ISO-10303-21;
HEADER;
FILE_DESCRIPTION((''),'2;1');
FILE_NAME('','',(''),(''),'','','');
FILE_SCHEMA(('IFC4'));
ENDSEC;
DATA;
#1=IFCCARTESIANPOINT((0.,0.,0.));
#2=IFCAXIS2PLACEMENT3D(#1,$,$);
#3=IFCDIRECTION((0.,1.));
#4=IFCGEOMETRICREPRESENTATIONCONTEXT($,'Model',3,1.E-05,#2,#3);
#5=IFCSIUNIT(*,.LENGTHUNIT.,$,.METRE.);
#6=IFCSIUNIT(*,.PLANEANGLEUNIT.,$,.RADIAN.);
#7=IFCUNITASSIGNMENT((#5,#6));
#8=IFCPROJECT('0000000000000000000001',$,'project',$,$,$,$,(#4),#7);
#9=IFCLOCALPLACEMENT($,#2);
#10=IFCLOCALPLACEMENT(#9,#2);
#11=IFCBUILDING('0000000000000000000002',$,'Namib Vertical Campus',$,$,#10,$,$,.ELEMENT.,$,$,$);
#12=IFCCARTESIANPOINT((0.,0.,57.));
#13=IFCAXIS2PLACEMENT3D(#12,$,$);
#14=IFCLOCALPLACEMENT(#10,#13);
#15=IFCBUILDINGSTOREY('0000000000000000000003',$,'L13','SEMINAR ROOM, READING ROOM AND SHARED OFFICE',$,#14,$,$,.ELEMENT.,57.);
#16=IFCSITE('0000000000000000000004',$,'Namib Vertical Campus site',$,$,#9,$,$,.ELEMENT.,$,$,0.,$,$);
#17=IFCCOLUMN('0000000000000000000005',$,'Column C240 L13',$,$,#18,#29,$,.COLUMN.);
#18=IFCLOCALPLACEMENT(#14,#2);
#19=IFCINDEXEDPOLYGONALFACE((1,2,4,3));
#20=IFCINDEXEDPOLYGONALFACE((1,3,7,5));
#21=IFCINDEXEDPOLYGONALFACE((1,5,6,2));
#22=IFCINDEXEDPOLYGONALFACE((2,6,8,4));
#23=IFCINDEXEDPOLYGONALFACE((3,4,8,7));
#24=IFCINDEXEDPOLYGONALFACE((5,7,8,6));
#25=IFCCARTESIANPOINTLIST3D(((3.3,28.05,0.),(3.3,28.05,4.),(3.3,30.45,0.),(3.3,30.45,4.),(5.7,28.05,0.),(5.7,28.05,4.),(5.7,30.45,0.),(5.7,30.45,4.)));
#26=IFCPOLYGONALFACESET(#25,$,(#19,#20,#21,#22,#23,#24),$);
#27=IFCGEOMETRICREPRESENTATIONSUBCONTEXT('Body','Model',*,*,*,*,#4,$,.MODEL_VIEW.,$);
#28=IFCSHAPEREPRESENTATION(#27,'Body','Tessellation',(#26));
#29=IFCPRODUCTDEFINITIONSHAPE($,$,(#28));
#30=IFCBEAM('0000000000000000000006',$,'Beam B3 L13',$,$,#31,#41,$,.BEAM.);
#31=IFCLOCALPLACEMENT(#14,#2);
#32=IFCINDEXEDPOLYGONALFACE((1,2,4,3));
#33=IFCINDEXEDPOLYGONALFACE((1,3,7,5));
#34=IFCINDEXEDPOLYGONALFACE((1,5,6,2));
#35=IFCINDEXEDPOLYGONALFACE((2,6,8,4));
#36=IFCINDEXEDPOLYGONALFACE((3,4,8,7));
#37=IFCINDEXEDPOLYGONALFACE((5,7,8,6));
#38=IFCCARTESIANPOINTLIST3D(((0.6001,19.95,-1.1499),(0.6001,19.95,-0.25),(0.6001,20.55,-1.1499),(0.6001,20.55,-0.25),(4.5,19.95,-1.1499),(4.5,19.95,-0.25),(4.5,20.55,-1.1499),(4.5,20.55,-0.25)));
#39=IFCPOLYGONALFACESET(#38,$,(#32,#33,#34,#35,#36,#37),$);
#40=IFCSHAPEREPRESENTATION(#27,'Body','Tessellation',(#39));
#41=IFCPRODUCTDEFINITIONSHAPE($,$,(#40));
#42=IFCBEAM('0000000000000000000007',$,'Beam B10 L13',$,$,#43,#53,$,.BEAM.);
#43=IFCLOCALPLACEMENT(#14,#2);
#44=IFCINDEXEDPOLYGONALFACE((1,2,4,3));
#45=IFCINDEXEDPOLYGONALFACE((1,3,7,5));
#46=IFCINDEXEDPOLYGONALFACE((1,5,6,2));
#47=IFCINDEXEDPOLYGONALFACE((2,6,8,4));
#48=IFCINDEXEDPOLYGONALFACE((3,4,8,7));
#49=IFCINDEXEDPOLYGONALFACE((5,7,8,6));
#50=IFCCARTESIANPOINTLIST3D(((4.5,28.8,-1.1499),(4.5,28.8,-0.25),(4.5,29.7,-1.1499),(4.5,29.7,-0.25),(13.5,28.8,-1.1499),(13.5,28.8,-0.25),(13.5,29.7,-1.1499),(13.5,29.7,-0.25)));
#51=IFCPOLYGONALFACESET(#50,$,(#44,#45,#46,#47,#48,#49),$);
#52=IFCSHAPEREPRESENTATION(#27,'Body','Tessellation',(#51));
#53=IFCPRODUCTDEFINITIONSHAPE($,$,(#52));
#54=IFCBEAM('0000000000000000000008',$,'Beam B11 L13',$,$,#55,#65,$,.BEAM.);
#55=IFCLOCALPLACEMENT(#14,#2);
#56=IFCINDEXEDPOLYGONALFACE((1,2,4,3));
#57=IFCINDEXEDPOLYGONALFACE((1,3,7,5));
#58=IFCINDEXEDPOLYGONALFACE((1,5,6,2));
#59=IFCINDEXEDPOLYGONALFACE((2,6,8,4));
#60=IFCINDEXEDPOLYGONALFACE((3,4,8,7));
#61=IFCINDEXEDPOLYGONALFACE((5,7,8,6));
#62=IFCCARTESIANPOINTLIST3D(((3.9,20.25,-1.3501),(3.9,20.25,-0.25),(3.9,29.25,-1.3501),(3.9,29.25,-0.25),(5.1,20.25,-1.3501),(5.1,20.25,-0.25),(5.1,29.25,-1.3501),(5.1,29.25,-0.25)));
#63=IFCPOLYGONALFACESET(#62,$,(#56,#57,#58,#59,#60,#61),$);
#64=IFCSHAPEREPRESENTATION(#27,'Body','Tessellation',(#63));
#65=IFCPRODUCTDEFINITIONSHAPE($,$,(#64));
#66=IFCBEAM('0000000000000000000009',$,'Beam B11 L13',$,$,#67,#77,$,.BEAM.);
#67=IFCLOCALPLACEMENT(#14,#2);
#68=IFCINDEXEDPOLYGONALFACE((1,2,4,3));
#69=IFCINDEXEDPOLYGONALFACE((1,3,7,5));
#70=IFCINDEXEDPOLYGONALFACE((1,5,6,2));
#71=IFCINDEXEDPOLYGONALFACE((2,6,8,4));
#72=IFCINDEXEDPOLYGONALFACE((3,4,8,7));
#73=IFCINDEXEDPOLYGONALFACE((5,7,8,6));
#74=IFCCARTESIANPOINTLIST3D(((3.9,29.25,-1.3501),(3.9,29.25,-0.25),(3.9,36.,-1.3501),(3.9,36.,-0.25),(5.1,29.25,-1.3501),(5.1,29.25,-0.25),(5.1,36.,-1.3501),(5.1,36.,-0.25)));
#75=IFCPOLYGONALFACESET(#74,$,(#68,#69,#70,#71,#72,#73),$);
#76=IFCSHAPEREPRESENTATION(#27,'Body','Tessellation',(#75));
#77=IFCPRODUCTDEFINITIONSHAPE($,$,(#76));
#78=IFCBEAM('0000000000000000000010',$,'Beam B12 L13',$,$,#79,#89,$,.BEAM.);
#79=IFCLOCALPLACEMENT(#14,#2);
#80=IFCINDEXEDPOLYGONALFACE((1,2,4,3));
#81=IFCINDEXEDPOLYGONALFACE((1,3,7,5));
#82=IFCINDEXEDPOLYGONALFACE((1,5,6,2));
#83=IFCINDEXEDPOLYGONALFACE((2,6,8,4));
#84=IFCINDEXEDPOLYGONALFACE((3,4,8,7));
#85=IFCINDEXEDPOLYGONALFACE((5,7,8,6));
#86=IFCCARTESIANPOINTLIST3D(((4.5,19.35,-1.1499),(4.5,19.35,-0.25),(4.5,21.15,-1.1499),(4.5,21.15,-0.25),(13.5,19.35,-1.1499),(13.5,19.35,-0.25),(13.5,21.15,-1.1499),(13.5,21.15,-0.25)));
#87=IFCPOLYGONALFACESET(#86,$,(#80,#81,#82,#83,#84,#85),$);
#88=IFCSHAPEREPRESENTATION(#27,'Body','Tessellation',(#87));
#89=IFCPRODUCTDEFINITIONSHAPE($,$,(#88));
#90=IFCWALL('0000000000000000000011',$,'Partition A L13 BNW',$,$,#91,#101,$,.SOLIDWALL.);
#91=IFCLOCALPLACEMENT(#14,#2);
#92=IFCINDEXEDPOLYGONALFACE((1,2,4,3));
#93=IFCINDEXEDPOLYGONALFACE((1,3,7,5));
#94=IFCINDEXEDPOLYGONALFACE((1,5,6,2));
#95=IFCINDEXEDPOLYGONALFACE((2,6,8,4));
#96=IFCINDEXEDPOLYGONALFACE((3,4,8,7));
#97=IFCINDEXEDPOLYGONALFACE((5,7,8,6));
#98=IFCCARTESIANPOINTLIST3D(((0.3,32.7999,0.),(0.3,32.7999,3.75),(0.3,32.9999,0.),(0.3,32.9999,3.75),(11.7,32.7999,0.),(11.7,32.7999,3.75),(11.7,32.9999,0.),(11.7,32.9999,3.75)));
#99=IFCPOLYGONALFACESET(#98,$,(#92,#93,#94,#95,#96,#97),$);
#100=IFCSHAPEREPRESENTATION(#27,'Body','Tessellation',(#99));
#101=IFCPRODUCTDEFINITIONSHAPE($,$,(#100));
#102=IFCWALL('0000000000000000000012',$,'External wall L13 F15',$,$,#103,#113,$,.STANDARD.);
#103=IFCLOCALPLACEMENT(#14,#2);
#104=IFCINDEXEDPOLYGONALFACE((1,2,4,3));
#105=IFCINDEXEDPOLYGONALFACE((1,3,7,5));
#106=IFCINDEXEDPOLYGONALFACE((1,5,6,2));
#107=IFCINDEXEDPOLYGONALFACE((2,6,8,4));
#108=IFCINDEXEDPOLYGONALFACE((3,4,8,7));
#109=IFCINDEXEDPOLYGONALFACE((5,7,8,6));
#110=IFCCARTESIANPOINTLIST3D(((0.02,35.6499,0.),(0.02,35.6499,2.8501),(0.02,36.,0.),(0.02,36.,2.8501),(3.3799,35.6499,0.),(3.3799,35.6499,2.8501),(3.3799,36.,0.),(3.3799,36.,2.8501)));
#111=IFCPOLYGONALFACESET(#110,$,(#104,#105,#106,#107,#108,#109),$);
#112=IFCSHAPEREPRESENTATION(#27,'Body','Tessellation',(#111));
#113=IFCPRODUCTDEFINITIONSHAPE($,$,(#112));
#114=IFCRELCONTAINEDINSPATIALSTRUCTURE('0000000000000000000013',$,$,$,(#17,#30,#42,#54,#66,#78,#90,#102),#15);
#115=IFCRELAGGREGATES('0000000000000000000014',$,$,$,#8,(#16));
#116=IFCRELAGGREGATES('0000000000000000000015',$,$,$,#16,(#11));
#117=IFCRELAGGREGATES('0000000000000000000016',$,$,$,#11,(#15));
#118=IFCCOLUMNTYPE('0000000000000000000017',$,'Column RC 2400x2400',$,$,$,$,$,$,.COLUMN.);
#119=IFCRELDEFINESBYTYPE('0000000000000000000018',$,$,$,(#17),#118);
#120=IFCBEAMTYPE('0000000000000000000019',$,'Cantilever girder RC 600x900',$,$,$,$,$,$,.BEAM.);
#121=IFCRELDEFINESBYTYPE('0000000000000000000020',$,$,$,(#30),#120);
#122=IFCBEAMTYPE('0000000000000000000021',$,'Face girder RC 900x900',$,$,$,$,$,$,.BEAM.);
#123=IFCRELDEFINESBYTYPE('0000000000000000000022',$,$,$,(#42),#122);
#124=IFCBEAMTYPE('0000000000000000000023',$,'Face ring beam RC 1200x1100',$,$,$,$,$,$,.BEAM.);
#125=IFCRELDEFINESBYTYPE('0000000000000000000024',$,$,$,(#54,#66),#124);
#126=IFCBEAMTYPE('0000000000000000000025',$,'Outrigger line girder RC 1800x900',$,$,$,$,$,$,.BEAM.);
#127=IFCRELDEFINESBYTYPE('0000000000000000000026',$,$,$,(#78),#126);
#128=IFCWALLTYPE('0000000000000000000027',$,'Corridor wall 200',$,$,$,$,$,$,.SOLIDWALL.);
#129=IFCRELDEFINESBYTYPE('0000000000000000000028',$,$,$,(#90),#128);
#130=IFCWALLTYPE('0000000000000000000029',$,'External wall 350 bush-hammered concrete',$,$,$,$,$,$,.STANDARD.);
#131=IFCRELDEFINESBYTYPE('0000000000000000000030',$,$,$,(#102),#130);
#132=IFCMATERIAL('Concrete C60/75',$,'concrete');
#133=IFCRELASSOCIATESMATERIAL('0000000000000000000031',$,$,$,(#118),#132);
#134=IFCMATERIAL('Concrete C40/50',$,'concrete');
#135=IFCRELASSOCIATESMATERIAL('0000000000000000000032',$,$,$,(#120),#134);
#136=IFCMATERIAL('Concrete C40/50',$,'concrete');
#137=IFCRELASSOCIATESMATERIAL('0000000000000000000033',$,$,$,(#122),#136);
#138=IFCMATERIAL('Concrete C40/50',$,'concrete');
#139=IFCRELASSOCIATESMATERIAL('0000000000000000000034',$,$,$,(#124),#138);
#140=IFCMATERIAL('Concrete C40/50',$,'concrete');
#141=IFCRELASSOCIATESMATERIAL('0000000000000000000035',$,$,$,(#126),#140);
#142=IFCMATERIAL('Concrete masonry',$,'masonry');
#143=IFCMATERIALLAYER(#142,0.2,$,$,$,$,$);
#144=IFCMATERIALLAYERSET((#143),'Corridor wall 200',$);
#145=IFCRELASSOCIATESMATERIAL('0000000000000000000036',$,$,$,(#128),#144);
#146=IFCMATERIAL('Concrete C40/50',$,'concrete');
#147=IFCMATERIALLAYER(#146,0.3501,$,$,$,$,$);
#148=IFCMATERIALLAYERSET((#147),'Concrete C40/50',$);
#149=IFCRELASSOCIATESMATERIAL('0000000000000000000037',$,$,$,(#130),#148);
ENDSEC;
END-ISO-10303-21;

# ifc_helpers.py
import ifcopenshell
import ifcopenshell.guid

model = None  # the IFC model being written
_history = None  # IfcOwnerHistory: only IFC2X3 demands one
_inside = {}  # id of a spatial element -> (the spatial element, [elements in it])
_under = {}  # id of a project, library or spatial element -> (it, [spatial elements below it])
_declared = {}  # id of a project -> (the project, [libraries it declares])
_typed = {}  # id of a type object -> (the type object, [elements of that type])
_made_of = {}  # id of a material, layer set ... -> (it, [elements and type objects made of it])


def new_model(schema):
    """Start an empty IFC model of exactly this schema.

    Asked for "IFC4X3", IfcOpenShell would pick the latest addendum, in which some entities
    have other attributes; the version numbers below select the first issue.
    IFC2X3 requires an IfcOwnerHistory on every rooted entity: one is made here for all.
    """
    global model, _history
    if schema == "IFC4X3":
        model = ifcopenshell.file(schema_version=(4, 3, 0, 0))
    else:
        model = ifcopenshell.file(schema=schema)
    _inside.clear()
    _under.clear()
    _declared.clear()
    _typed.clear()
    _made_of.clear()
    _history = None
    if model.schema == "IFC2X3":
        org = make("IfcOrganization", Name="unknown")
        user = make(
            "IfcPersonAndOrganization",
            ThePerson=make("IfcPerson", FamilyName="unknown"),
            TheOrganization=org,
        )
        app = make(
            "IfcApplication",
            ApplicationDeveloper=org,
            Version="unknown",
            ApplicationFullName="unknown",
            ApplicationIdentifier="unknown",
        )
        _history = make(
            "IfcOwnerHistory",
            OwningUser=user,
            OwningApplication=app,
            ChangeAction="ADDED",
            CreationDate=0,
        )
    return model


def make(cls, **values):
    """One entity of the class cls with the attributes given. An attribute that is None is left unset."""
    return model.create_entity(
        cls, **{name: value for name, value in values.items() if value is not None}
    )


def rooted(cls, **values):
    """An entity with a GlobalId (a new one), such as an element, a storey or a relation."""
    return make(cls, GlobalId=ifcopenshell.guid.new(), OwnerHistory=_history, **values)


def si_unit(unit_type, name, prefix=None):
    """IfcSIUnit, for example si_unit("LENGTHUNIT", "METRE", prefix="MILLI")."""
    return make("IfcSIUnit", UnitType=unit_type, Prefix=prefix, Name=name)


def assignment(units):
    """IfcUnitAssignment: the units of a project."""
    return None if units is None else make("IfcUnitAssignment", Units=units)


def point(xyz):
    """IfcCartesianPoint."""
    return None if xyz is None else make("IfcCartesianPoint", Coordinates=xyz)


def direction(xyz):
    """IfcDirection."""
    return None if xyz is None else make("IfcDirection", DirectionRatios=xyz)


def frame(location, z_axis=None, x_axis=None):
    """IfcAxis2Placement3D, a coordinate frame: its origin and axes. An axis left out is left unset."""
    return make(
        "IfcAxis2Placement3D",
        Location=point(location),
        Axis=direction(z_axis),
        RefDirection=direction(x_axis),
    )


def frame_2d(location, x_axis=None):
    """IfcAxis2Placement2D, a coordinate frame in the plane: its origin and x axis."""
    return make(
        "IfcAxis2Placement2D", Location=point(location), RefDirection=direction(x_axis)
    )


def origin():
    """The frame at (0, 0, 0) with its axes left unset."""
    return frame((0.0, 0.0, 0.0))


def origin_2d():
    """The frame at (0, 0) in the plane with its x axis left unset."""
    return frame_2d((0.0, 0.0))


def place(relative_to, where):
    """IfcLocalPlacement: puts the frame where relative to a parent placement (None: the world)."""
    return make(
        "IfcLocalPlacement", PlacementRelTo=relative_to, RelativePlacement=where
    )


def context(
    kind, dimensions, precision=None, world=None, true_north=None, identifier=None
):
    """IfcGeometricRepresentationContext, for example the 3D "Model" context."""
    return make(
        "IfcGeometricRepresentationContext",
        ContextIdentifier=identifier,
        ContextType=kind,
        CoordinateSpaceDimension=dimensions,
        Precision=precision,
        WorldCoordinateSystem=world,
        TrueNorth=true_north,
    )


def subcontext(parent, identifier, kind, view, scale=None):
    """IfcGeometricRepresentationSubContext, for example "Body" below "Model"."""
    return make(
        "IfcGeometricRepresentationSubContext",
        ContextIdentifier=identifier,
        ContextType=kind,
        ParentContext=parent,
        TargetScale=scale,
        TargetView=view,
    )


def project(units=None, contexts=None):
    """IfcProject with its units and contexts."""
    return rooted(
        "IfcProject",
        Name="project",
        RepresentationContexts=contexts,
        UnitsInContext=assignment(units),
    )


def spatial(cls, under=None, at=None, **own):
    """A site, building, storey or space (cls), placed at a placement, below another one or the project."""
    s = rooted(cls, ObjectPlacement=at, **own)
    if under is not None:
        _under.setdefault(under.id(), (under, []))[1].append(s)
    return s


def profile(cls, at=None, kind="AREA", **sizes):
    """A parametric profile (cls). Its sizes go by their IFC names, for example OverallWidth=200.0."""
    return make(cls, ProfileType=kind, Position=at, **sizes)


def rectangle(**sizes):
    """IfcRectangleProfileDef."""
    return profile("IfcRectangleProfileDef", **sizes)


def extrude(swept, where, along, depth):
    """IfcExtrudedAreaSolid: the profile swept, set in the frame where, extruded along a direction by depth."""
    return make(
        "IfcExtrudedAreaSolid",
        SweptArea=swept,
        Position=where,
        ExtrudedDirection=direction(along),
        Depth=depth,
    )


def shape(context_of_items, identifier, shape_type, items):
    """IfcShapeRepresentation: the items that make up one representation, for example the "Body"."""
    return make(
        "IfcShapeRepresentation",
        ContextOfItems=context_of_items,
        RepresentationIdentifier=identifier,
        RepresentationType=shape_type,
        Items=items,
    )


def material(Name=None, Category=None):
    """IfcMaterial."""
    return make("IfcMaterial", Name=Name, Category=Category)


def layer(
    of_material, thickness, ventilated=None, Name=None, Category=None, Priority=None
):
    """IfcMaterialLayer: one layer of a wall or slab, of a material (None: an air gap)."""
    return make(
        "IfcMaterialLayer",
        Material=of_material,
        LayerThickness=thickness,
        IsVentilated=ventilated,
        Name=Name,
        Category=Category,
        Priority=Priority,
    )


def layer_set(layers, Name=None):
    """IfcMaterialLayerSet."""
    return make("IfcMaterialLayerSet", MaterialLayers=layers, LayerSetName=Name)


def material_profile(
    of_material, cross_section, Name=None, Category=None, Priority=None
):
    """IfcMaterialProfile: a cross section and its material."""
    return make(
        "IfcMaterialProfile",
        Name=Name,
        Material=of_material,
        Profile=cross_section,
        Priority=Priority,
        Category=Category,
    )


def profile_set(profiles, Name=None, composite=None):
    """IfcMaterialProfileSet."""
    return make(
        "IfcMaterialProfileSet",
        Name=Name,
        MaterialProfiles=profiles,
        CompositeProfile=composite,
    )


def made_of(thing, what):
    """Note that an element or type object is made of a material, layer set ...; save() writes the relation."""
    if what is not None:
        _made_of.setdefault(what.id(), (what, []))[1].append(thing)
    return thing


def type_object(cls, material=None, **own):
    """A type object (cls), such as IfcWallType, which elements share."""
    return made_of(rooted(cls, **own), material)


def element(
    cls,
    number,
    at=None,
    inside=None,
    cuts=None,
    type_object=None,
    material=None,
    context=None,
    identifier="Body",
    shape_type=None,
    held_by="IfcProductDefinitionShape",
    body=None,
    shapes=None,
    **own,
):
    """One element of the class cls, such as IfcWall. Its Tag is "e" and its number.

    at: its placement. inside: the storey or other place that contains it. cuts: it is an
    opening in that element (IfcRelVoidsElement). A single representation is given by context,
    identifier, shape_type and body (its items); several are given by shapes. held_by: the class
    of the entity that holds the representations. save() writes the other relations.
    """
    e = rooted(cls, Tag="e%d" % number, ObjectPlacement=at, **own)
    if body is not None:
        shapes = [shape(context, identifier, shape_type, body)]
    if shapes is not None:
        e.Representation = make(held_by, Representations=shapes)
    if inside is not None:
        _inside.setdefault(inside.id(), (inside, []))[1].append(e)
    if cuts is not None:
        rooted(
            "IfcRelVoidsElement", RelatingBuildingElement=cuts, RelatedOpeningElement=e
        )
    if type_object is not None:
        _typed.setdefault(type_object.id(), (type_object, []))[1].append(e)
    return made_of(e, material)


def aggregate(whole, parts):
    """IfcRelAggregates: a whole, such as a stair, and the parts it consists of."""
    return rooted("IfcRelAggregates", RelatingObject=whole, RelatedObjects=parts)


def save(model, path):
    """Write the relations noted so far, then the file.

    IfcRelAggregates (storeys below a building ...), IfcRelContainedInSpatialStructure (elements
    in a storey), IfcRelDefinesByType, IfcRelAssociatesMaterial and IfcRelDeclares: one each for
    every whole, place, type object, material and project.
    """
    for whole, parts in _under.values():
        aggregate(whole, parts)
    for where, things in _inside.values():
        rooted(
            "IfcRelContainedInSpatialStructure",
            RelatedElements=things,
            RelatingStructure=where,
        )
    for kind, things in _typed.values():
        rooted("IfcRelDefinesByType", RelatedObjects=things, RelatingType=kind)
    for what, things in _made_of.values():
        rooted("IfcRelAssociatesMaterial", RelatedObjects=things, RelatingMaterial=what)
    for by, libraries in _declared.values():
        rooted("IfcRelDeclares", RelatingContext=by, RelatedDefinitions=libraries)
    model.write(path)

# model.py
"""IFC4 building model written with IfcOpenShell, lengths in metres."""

from ifc_helpers import new_model, si_unit, direction, frame, frame_2d, origin, origin_2d, place, context, subcontext, project, spatial, rectangle, extrude, material, layer, layer_set, material_profile, profile_set, type_object, element, save


model = new_model("IFC4")

# Units and contexts
model_context = context("Model", 3, precision=1e-05, world=origin(), true_north=direction((0.0, 1.0)))
body_context = subcontext(model_context, "Body", "Model", "MODEL_VIEW")
ifc_project = project(units=[si_unit("LENGTHUNIT", "METRE"), si_unit("PLANEANGLEUNIT", "RADIAN")], contexts=[model_context])

# Site, building, storey
site_placement = place(None, origin())
site = spatial("IfcSite", under=ifc_project, at=site_placement, Name="Namib Vertical Campus site", CompositionType="ELEMENT", RefElevation=0.0)
building_placement = place(site_placement, origin())
building = spatial("IfcBuilding", under=site, at=building_placement, Name="Namib Vertical Campus", CompositionType="ELEMENT")
storey_placement = place(building_placement, frame((0.0, 0.0, 57.0)))
storey = spatial("IfcBuildingStorey", under=building, at=storey_placement, Name="L13", Description="SEMINAR ROOM, READING ROOM AND SHARED OFFICE", CompositionType="ELEMENT", Elevation=57.0)

# Column
ifc_material_1 = material(Name="Concrete C60/75", Category="concrete")
ifc_material_profile_1 = material_profile(ifc_material_1, rectangle(XDim=2.3999, YDim=2.3999, at=origin_2d()))
ifc_profile_set_1 = profile_set([ifc_material_profile_1], Name="Concrete C60/75")
column_type = type_object("IfcColumnType", Name="Column RC 2400x2400", PredefinedType="COLUMN", material=ifc_profile_set_1)
column_placement = place(storey_placement, frame((4.5, 29.25, 0.0), z_axis=(0.0, 0.0, 1.0), x_axis=(1.0, 0.0, 0.0)))
element("IfcColumn", 1, at=column_placement, inside=storey, type_object=column_type, Name="Column C240 L13", PredefinedType="COLUMN", context=body_context, shape_type="SweptSolid", body=[
    extrude(rectangle(XDim=2.3999, YDim=2.3999, at=origin_2d()), origin(), (0.0, 0.0, 1.0), 4.0),
])

# Beams
ifc_material_2 = material(Name="Concrete C40/50", Category="concrete")
ifc_material_profile_2 = material_profile(ifc_material_2, rectangle(XDim=0.6001, YDim=0.8999, at=origin_2d()))
ifc_profile_set_2 = profile_set([ifc_material_profile_2], Name="Concrete C40/50")
beam_type_1 = type_object("IfcBeamType", Name="Cantilever girder RC 600x900", PredefinedType="BEAM", material=ifc_profile_set_2)
beam_1_placement = place(storey_placement, frame((4.5, 20.25, -0.7), z_axis=(-1.0, 0.0, 0.0), x_axis=(0.0, -1.0, 0.0)))
element("IfcBeam", 2, at=beam_1_placement, inside=storey, type_object=beam_type_1, Name="Beam B3 L13", PredefinedType="BEAM", context=body_context, shape_type="SweptSolid", body=[
    extrude(rectangle(XDim=0.6001, YDim=0.8999, at=origin_2d()), origin(), (0.0, 0.0, 1.0), 3.8999),
])
ifc_material_3 = material(Name="Concrete C40/50", Category="concrete")
ifc_material_profile_3 = material_profile(ifc_material_3, rectangle(XDim=0.8999, YDim=0.8999, at=origin_2d()))
ifc_profile_set_3 = profile_set([ifc_material_profile_3], Name="Concrete C40/50")
beam_type_2 = type_object("IfcBeamType", Name="Face girder RC 900x900", PredefinedType="BEAM", material=ifc_profile_set_3)
beam_2_placement = place(storey_placement, frame((4.5, 29.25, -0.7), z_axis=(1.0, 0.0, 0.0), x_axis=(0.0, 1.0, 0.0)))
element("IfcBeam", 3, at=beam_2_placement, inside=storey, type_object=beam_type_2, Name="Beam B10 L13", PredefinedType="BEAM", context=body_context, shape_type="SweptSolid", body=[
    extrude(rectangle(XDim=0.8999, YDim=0.8999, at=origin_2d()), origin(), (0.0, 0.0, 1.0), 9.0),
])
ifc_material_4 = material(Name="Concrete C40/50", Category="concrete")
ifc_material_profile_4 = material_profile(ifc_material_4, rectangle(XDim=1.2, YDim=1.1001, at=origin_2d()))
ifc_profile_set_4 = profile_set([ifc_material_profile_4], Name="Concrete C40/50")
beam_type_3 = type_object("IfcBeamType", Name="Face ring beam RC 1200x1100", PredefinedType="BEAM", material=ifc_profile_set_4)
beam_3_placement = place(storey_placement, frame((4.5, 20.25, -0.8), z_axis=(0.0, 1.0, 0.0), x_axis=(-1.0, 0.0, 0.0)))
element("IfcBeam", 4, at=beam_3_placement, inside=storey, type_object=beam_type_3, Name="Beam B11 L13", PredefinedType="BEAM", context=body_context, shape_type="SweptSolid", body=[
    extrude(rectangle(XDim=1.2, YDim=1.1001, at=origin_2d()), origin(), (0.0, 0.0, 1.0), 9.0),
])
beam_4_placement = place(storey_placement, frame((4.5, 29.25, -0.8), z_axis=(0.0, 1.0, 0.0), x_axis=(-1.0, 0.0, 0.0)))
element("IfcBeam", 5, at=beam_4_placement, inside=storey, type_object=beam_type_3, Name="Beam B11 L13", PredefinedType="BEAM", context=body_context, shape_type="SweptSolid", body=[
    extrude(rectangle(XDim=1.2, YDim=1.1001, at=origin_2d()), origin(), (0.0, 0.0, 1.0), 6.75),
])
ifc_material_5 = material(Name="Concrete C40/50", Category="concrete")
ifc_material_profile_5 = material_profile(ifc_material_5, rectangle(XDim=1.8, YDim=0.8999, at=origin_2d()))
ifc_profile_set_5 = profile_set([ifc_material_profile_5], Name="Concrete C40/50")
beam_type_4 = type_object("IfcBeamType", Name="Outrigger line girder RC 1800x900", PredefinedType="BEAM", material=ifc_profile_set_5)
beam_5_placement = place(storey_placement, frame((4.5, 20.25, -0.7), z_axis=(1.0, 0.0, 0.0), x_axis=(0.0, 1.0, 0.0)))
element("IfcBeam", 6, at=beam_5_placement, inside=storey, type_object=beam_type_4, Name="Beam B12 L13", PredefinedType="BEAM", context=body_context, shape_type="SweptSolid", body=[
    extrude(rectangle(XDim=1.8, YDim=0.8999, at=origin_2d()), origin(), (0.0, 0.0, 1.0), 9.0),
])

# Walls
ifc_material_6 = material(Name="Concrete masonry", Category="masonry")
ifc_layer_1 = layer(ifc_material_6, 0.2)
ifc_layer_set_1 = layer_set([ifc_layer_1], Name="Corridor wall 200")
wall_type_1 = type_object("IfcWallType", Name="Corridor wall 200", PredefinedType="SOLIDWALL", material=ifc_layer_set_1)
wall_1_placement = place(storey_placement, frame((0.3, 32.8999, 0.0), z_axis=(0.0, 0.0, 1.0), x_axis=(1.0, 0.0, 0.0)))
element("IfcWall", 7, at=wall_1_placement, inside=storey, type_object=wall_type_1, Name="Partition A L13 BNW", PredefinedType="SOLIDWALL", context=body_context, shape_type="SweptSolid", body=[
    extrude(rectangle(XDim=11.3999, YDim=0.2, at=frame_2d((5.7, 0.0))), origin(), (0.0, 0.0, 1.0), 3.75),
])
ifc_material_7 = material(Name="Concrete C40/50", Category="concrete")
ifc_layer_2 = layer(ifc_material_7, 0.3501)
ifc_layer_set_2 = layer_set([ifc_layer_2], Name="Concrete C40/50")
wall_type_2 = type_object("IfcWallType", Name="External wall 350 bush-hammered concrete", PredefinedType="STANDARD", material=ifc_layer_set_2)
wall_2_placement = place(storey_placement, frame((3.3799, 35.825, 0.0), z_axis=(0.0, 0.0, 1.0), x_axis=(-1.0, 0.0, 0.0)))
element("IfcWall", 8, at=wall_2_placement, inside=storey, type_object=wall_type_2, Name="External wall L13 F15", PredefinedType="STANDARD", context=body_context, shape_type="SweptSolid", body=[
    extrude(rectangle(XDim=3.3599, YDim=0.3501, at=frame_2d((1.6799, 0.0))), origin(), (0.0, 0.0, 1.0), 2.8501),
])

save(model, "model.ifc")
